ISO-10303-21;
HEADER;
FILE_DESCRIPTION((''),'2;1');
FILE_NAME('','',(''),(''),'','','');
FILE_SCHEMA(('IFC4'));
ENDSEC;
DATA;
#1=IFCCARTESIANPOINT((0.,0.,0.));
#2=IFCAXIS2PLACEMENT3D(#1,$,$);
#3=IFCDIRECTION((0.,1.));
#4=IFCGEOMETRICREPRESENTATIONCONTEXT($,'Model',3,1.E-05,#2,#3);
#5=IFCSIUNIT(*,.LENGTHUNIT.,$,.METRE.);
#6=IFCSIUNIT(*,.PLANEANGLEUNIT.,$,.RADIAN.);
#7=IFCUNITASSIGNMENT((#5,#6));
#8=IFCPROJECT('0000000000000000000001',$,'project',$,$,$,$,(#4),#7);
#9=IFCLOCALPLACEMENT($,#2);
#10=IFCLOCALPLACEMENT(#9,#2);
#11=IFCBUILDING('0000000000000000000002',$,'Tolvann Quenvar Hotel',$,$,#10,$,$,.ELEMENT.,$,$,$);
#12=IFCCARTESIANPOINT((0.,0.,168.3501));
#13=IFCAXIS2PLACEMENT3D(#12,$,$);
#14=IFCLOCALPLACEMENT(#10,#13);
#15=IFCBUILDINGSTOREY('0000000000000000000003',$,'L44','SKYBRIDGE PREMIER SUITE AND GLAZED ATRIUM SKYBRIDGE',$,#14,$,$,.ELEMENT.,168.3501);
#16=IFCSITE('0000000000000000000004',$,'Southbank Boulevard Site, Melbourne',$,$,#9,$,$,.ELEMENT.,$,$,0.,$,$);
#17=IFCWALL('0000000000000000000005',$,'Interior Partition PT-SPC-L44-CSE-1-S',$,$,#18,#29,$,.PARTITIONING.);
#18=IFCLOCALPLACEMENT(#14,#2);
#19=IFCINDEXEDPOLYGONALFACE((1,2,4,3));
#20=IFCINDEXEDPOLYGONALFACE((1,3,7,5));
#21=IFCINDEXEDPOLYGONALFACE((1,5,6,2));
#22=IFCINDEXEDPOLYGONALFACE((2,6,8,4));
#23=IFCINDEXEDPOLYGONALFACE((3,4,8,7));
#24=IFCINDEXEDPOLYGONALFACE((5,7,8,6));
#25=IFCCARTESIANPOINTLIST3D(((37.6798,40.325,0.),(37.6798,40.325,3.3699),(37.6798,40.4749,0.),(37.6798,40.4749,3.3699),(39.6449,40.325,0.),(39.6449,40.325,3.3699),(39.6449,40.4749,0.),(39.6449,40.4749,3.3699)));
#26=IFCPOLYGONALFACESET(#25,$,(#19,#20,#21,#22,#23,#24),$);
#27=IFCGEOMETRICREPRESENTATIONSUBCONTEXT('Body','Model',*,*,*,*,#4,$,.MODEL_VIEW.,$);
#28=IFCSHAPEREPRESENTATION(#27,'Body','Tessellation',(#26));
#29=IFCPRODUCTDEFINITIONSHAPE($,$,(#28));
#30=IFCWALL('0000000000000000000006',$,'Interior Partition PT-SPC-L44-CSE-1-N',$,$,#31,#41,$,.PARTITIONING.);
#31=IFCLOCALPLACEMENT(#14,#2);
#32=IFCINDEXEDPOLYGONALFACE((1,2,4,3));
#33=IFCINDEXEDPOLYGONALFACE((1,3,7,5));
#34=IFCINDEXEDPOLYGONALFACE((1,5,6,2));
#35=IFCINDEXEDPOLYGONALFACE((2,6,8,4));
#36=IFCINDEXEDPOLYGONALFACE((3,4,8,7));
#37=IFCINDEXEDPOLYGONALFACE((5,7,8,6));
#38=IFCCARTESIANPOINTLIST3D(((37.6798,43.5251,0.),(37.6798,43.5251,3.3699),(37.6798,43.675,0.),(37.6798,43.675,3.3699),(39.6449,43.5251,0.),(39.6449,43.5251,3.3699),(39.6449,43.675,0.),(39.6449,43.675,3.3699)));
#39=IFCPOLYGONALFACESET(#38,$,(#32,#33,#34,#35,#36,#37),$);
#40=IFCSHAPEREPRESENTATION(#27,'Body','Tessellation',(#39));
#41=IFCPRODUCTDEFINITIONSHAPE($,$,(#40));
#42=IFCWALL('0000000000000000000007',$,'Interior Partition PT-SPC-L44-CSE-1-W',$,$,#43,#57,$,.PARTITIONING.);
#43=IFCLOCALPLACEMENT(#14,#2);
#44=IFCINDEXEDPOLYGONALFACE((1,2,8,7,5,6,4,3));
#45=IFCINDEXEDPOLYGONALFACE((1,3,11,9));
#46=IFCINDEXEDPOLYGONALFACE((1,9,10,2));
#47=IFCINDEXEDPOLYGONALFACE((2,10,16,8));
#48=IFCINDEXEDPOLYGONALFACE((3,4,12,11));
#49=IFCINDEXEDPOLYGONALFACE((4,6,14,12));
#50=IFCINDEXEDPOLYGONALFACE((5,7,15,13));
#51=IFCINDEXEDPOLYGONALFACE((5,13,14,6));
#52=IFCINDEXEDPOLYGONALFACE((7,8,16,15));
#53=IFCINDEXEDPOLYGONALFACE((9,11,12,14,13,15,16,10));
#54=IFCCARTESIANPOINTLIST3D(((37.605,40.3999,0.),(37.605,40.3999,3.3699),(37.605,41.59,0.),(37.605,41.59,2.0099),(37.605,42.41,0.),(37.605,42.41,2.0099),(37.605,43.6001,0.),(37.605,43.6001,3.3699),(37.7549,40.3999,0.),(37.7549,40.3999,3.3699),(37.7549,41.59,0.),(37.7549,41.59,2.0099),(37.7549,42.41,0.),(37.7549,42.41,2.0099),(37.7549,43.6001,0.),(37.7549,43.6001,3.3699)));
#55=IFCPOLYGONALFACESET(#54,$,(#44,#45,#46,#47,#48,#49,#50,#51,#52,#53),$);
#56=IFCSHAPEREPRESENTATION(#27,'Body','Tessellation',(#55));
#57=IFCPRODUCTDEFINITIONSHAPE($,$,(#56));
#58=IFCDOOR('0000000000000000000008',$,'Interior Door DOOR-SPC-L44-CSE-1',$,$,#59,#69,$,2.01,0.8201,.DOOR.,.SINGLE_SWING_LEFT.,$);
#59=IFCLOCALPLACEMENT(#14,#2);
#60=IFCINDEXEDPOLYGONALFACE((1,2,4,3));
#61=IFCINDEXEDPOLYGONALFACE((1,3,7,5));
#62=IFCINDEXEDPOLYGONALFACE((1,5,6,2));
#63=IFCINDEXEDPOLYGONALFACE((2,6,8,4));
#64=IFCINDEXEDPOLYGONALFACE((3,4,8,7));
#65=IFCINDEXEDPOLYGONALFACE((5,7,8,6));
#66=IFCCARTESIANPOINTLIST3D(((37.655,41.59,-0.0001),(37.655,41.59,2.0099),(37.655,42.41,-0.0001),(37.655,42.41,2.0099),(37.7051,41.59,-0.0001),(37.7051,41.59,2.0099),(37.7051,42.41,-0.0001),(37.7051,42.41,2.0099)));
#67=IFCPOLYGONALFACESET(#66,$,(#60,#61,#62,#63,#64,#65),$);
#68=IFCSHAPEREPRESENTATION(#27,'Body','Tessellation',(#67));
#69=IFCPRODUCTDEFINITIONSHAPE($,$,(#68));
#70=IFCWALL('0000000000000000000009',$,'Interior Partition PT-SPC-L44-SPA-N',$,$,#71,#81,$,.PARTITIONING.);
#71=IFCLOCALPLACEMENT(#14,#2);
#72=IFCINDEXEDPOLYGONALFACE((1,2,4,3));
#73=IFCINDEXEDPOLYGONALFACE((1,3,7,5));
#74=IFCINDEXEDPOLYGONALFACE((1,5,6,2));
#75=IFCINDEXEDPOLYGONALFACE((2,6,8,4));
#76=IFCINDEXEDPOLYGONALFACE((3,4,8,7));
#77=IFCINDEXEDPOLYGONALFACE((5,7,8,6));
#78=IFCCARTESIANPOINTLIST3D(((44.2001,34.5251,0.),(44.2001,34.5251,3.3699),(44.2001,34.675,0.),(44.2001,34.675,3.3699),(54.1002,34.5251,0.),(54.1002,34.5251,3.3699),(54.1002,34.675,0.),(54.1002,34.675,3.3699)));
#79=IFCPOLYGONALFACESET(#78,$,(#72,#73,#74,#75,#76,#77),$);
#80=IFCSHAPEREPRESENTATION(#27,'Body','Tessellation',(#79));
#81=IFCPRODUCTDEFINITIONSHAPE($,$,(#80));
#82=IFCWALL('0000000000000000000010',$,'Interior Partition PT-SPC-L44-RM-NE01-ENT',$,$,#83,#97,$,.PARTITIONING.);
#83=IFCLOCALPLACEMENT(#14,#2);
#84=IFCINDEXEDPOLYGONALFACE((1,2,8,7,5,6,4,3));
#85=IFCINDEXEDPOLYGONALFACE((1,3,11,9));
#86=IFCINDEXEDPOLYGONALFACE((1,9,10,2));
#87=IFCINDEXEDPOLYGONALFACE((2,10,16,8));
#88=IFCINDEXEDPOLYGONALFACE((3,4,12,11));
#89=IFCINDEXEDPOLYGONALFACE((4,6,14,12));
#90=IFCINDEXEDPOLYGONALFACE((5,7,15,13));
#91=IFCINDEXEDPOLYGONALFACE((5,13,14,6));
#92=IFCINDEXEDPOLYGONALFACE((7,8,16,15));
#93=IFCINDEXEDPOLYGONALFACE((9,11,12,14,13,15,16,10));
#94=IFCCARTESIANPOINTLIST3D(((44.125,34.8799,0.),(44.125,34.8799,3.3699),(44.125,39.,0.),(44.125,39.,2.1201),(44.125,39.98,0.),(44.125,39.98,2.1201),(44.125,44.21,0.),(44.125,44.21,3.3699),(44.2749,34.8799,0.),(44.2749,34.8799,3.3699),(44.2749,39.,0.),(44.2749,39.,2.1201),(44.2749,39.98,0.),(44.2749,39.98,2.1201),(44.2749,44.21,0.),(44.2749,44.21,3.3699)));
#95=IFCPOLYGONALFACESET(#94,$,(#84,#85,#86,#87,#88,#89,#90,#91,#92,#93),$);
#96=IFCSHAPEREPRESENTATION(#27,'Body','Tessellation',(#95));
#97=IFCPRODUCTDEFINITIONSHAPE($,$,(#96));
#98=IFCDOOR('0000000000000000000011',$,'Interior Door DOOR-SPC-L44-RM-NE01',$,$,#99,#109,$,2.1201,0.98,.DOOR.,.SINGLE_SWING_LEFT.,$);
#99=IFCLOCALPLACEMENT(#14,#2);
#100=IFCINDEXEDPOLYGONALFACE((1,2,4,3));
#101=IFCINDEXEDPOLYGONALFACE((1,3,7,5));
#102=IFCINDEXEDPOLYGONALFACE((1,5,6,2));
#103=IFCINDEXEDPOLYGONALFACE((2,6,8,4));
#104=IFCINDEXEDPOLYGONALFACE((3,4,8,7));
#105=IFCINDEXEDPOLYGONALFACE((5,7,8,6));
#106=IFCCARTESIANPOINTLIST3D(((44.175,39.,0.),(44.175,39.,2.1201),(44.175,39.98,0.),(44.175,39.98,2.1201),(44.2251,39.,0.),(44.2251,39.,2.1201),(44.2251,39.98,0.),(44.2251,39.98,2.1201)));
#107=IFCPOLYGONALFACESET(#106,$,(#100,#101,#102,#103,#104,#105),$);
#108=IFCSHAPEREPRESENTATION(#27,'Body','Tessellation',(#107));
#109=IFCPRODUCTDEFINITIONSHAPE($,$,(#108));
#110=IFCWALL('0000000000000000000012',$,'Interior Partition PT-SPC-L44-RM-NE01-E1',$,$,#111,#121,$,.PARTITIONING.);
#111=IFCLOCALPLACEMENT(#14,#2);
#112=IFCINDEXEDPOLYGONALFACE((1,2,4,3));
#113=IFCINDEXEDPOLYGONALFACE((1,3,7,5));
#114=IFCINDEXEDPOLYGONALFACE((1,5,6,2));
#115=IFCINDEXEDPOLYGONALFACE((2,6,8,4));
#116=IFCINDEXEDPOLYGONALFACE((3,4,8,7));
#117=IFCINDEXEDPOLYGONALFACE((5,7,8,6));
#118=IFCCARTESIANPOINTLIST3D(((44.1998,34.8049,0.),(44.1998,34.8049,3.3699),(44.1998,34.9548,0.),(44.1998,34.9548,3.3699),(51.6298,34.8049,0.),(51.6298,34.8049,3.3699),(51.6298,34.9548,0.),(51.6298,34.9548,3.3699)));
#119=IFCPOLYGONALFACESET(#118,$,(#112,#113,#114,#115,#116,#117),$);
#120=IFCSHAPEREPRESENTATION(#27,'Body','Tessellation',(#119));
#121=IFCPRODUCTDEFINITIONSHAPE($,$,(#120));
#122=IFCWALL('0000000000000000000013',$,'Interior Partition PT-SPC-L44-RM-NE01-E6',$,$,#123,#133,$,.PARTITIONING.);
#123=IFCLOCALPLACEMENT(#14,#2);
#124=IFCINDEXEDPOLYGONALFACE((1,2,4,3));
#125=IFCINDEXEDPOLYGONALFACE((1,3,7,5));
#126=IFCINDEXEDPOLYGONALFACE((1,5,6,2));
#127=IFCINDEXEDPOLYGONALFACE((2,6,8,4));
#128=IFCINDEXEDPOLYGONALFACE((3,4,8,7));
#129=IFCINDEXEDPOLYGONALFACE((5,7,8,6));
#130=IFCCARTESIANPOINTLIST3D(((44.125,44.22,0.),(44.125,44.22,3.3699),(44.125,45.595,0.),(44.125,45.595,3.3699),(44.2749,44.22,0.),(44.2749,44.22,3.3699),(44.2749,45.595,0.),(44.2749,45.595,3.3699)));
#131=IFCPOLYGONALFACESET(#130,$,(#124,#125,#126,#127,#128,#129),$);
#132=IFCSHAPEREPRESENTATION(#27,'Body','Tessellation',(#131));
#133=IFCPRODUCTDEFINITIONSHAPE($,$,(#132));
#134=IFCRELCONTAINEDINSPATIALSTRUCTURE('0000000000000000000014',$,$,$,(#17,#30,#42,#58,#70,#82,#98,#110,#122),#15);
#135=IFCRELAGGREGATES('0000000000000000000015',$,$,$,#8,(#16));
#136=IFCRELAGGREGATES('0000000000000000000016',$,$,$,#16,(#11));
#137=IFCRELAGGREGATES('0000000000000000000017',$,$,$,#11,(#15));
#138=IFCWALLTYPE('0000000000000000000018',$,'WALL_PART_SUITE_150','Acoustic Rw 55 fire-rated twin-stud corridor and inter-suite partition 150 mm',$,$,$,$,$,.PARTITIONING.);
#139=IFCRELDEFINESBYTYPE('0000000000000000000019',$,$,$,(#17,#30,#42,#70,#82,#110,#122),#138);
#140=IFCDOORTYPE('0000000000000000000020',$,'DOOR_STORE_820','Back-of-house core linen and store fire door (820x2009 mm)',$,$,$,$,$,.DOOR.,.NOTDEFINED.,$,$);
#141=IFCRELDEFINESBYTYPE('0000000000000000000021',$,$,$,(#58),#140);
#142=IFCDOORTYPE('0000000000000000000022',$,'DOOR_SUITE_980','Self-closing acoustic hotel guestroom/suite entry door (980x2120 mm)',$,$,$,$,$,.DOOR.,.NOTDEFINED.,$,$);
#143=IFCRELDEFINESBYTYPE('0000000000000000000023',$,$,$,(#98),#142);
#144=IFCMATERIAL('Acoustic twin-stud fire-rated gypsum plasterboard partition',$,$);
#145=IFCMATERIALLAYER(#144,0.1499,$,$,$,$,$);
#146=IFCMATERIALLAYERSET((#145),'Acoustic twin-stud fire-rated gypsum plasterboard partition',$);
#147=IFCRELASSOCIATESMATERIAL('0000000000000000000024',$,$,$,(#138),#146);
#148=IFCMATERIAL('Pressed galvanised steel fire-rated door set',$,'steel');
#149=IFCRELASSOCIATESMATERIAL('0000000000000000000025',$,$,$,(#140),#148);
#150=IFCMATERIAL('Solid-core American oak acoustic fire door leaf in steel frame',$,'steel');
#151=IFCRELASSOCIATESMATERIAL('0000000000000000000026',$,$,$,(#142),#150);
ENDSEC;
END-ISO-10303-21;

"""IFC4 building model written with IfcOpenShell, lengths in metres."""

from ifc_helpers import new_model, si_unit, direction, frame, frame_2d, origin, place, context, subcontext, project, spatial, rectangle, extrude, source, transform, mapped, material, layer, layer_set, type_object, type_shapes, element, fill, save


model = new_model("IFC4")

# Units and contexts
model_context = context("Model", 3, precision=1e-05, world=origin(), true_north=direction((0.0, 1.0)))
body_context = subcontext(model_context, "Body", "Model", "MODEL_VIEW")
ifc_project = project(units=[si_unit("LENGTHUNIT", "METRE"), si_unit("PLANEANGLEUNIT", "RADIAN")], contexts=[model_context])

# Site, building, storey
site_placement = place(None, origin())
site = spatial("IfcSite", under=ifc_project, at=site_placement, Name="Southbank Boulevard Site, Melbourne", CompositionType="ELEMENT", RefElevation=0.0)
building_placement = place(site_placement, origin())
building = spatial("IfcBuilding", under=site, at=building_placement, Name="Tolvann Quenvar Hotel", CompositionType="ELEMENT")
storey_placement = place(building_placement, frame((0.0, 0.0, 168.3501)))
storey = spatial("IfcBuildingStorey", under=building, at=storey_placement, Name="L44", Description="SKYBRIDGE PREMIER SUITE AND GLAZED ATRIUM SKYBRIDGE", CompositionType="ELEMENT", Elevation=168.3501)

# Shared definitions
ifc_material_1 = material(Name="Acoustic twin-stud fire-rated gypsum plasterboard partition")
ifc_layer_1 = layer(ifc_material_1, 0.1499)
ifc_layer_set_1 = layer_set([ifc_layer_1], Name="Acoustic twin-stud fire-rated gypsum plasterboard partition")
wall_type_1 = type_object("IfcWallType", Name="WALL_PART_SUITE_150", Description="Acoustic Rw 55 fire-rated twin-stud corridor and inter-suite partition 150 mm", PredefinedType="PARTITIONING", material=ifc_layer_set_1)

# Shared definitions
ifc_material_2 = material(Name="Pressed galvanised steel fire-rated door set", Category="steel")

# Walls
for number, where, z_axis, x_axis, name in (
    (1, (37.6799, 40.3999, 0.0), (0.0, 0.0, 1.0), (1.0, 0.0, 0.0), "Interior Partition PT-SPC-L44-CSE-1-S"),
    (2, (37.6799, 43.6001, 0.0), (0.0, 0.0, 1.0), (1.0, 0.0, 0.0), "Interior Partition PT-SPC-L44-CSE-1-N"),
):
    element("IfcWall", number, at=place(storey_placement, frame(where, z_axis=z_axis, x_axis=x_axis)), inside=storey, type_object=wall_type_1, Name=name, PredefinedType="PARTITIONING", context=body_context, shape_type="SweptSolid", body=[
        extrude(rectangle(XDim=1.9651, YDim=0.1499, at=frame_2d((0.9824, 0.0))), origin(), (0.0, 0.0, 1.0), 3.3699),
    ])

# Wall, opening, door
wall_1_placement = place(storey_placement, frame((37.6799, 40.3999, 0.0), z_axis=(0.0, 0.0, 1.0), x_axis=(0.0, 1.0, 0.0)))
wall_1 = element("IfcWall", 3, at=wall_1_placement, inside=storey, type_object=wall_type_1, Name="Interior Partition PT-SPC-L44-CSE-1-W", PredefinedType="PARTITIONING", context=body_context, shape_type="SweptSolid", body=[
    extrude(rectangle(XDim=3.2002, YDim=0.1499, at=frame_2d((1.6001, 0.0))), origin(), (0.0, 0.0, 1.0), 3.3699),
])
opening_1_placement = place(wall_1_placement, frame((1.1899, 0.0, 0.0)))
opening_1 = element("IfcOpeningElement", 4, at=opening_1_placement, cuts=wall_1, PredefinedType="OPENING", context=body_context, shape_type="SweptSolid", body=[
    extrude(rectangle(XDim=0.8201, YDim=2.01, at=frame_2d((0.4102, 1.0049))), frame((0.0, 0.085, 0.0), z_axis=(0.0, -1.0, 0.0), x_axis=(1.0, 0.0, 0.0)), (0.0, 0.0, 1.0), 0.1699),
])
door_type_1 = type_object("IfcDoorType", Name="DOOR_STORE_820", Description="Back-of-house core linen and store fire door (820x2009 mm)", OperationType="NOTDEFINED", PredefinedType="DOOR", material=ifc_material_2)
shared_shape_1 = source(origin(), body_context, "Body", "SweptSolid", [
    extrude(rectangle(XDim=0.8201, YDim=2.01, at=frame_2d((0.4102, 1.0049))), frame((0.0, 0.0249, 0.0), z_axis=(0.0, -1.0, 0.0), x_axis=(1.0, 0.0, 0.0)), (0.0, 0.0, 1.0), 0.05),
])
type_shapes(door_type_1, [shared_shape_1])
door_1_placement = place(opening_1_placement, origin())
door_1 = element("IfcDoor", 5, at=door_1_placement, inside=storey, type_object=door_type_1, Name="Interior Door DOOR-SPC-L44-CSE-1", OperationType="SINGLE_SWING_LEFT", OverallHeight=2.01, OverallWidth=0.8201, PredefinedType="DOOR", context=body_context, shape_type="MappedRepresentation", body=[
    mapped(shared_shape_1, transform((0.0, 0.0, 0.0), x_axis=(1.0, 0.0, 0.0), y_axis=(0.0, 1.0, 0.0), z_axis=(0.0, 0.0, 1.0), scale=1.0)),
])
fill(opening_1, door_1)

# Wall
wall_2_placement = place(storey_placement, frame((44.2, 34.6001, 0.0), z_axis=(0.0, 0.0, 1.0), x_axis=(1.0, 0.0, 0.0)))
element("IfcWall", 6, at=wall_2_placement, inside=storey, type_object=wall_type_1, Name="Interior Partition PT-SPC-L44-SPA-N", PredefinedType="PARTITIONING", context=body_context, shape_type="SweptSolid", body=[
    extrude(rectangle(XDim=9.9001, YDim=0.1499, at=frame_2d((4.9502, 0.0))), origin(), (0.0, 0.0, 1.0), 3.3699),
])

# Wall, opening, door
wall_3_placement = place(storey_placement, frame((44.2, 34.8799, 0.0), z_axis=(0.0, 0.0, 1.0), x_axis=(0.0, 1.0, 0.0)))
wall_3 = element("IfcWall", 7, at=wall_3_placement, inside=storey, type_object=wall_type_1, Name="Interior Partition PT-SPC-L44-RM-NE01-ENT", PredefinedType="PARTITIONING", context=body_context, shape_type="SweptSolid", body=[
    extrude(rectangle(XDim=9.3301, YDim=0.1499, at=frame_2d((4.665, 0.0))), origin(), (0.0, 0.0, 1.0), 3.3699),
])
opening_2_placement = place(wall_3_placement, frame((4.1201, 0.0, 0.0)))
opening_2 = element("IfcOpeningElement", 8, at=opening_2_placement, cuts=wall_3, PredefinedType="OPENING", context=body_context, shape_type="SweptSolid", body=[
    extrude(rectangle(XDim=0.98, YDim=2.1201, at=frame_2d((0.49, 1.0601))), frame((0.0, 0.085, 0.0), z_axis=(0.0, -1.0, 0.0), x_axis=(1.0, 0.0, 0.0)), (0.0, 0.0, 1.0), 0.1699),
])
ifc_material_3 = material(Name="Solid-core American oak acoustic fire door leaf in steel frame", Category="steel")
door_type_2 = type_object("IfcDoorType", Name="DOOR_SUITE_980", Description="Self-closing acoustic hotel guestroom/suite entry door (980x2120 mm)", OperationType="NOTDEFINED", PredefinedType="DOOR", material=ifc_material_3)
shared_shape_2 = source(origin(), body_context, "Body", "SweptSolid", [
    extrude(rectangle(XDim=0.98, YDim=2.1201, at=frame_2d((0.49, 1.0601))), frame((0.0, 0.0249, 0.0), z_axis=(0.0, -1.0, 0.0), x_axis=(1.0, 0.0, 0.0)), (0.0, 0.0, 1.0), 0.05),
])
type_shapes(door_type_2, [shared_shape_2])
door_2_placement = place(opening_2_placement, origin())
door_2 = element("IfcDoor", 9, at=door_2_placement, inside=storey, type_object=door_type_2, Name="Interior Door DOOR-SPC-L44-RM-NE01", OperationType="SINGLE_SWING_LEFT", OverallHeight=2.1201, OverallWidth=0.98, PredefinedType="DOOR", context=body_context, shape_type="MappedRepresentation", body=[
    mapped(shared_shape_2, transform((0.0, 0.0, 0.0), x_axis=(1.0, 0.0, 0.0), y_axis=(0.0, 1.0, 0.0), z_axis=(0.0, 0.0, 1.0), scale=1.0)),
])
fill(opening_2, door_2)

# Walls
wall_4_placement = place(storey_placement, frame((44.2, 34.8799, 0.0), z_axis=(0.0, 0.0, 1.0), x_axis=(1.0, 0.0, 0.0)))
element("IfcWall", 10, at=wall_4_placement, inside=storey, type_object=wall_type_1, Name="Interior Partition PT-SPC-L44-RM-NE01-E1", PredefinedType="PARTITIONING", context=body_context, shape_type="SweptSolid", body=[
    extrude(rectangle(XDim=7.4299, YDim=0.1499, at=frame_2d((3.7148, 0.0))), origin(), (0.0, 0.0, 1.0), 3.3699),
])
wall_5_placement = place(storey_placement, frame((44.2, 44.22, 0.0), z_axis=(0.0, 0.0, 1.0), x_axis=(0.0, 1.0, 0.0)))
element("IfcWall", 11, at=wall_5_placement, inside=storey, type_object=wall_type_1, Name="Interior Partition PT-SPC-L44-RM-NE01-E6", PredefinedType="PARTITIONING", context=body_context, shape_type="SweptSolid", body=[
    extrude(rectangle(XDim=1.375, YDim=0.1499, at=frame_2d((0.6875, 0.0))), origin(), (0.0, 0.0, 1.0), 3.3699),
])

save(model, "model.ifc")
